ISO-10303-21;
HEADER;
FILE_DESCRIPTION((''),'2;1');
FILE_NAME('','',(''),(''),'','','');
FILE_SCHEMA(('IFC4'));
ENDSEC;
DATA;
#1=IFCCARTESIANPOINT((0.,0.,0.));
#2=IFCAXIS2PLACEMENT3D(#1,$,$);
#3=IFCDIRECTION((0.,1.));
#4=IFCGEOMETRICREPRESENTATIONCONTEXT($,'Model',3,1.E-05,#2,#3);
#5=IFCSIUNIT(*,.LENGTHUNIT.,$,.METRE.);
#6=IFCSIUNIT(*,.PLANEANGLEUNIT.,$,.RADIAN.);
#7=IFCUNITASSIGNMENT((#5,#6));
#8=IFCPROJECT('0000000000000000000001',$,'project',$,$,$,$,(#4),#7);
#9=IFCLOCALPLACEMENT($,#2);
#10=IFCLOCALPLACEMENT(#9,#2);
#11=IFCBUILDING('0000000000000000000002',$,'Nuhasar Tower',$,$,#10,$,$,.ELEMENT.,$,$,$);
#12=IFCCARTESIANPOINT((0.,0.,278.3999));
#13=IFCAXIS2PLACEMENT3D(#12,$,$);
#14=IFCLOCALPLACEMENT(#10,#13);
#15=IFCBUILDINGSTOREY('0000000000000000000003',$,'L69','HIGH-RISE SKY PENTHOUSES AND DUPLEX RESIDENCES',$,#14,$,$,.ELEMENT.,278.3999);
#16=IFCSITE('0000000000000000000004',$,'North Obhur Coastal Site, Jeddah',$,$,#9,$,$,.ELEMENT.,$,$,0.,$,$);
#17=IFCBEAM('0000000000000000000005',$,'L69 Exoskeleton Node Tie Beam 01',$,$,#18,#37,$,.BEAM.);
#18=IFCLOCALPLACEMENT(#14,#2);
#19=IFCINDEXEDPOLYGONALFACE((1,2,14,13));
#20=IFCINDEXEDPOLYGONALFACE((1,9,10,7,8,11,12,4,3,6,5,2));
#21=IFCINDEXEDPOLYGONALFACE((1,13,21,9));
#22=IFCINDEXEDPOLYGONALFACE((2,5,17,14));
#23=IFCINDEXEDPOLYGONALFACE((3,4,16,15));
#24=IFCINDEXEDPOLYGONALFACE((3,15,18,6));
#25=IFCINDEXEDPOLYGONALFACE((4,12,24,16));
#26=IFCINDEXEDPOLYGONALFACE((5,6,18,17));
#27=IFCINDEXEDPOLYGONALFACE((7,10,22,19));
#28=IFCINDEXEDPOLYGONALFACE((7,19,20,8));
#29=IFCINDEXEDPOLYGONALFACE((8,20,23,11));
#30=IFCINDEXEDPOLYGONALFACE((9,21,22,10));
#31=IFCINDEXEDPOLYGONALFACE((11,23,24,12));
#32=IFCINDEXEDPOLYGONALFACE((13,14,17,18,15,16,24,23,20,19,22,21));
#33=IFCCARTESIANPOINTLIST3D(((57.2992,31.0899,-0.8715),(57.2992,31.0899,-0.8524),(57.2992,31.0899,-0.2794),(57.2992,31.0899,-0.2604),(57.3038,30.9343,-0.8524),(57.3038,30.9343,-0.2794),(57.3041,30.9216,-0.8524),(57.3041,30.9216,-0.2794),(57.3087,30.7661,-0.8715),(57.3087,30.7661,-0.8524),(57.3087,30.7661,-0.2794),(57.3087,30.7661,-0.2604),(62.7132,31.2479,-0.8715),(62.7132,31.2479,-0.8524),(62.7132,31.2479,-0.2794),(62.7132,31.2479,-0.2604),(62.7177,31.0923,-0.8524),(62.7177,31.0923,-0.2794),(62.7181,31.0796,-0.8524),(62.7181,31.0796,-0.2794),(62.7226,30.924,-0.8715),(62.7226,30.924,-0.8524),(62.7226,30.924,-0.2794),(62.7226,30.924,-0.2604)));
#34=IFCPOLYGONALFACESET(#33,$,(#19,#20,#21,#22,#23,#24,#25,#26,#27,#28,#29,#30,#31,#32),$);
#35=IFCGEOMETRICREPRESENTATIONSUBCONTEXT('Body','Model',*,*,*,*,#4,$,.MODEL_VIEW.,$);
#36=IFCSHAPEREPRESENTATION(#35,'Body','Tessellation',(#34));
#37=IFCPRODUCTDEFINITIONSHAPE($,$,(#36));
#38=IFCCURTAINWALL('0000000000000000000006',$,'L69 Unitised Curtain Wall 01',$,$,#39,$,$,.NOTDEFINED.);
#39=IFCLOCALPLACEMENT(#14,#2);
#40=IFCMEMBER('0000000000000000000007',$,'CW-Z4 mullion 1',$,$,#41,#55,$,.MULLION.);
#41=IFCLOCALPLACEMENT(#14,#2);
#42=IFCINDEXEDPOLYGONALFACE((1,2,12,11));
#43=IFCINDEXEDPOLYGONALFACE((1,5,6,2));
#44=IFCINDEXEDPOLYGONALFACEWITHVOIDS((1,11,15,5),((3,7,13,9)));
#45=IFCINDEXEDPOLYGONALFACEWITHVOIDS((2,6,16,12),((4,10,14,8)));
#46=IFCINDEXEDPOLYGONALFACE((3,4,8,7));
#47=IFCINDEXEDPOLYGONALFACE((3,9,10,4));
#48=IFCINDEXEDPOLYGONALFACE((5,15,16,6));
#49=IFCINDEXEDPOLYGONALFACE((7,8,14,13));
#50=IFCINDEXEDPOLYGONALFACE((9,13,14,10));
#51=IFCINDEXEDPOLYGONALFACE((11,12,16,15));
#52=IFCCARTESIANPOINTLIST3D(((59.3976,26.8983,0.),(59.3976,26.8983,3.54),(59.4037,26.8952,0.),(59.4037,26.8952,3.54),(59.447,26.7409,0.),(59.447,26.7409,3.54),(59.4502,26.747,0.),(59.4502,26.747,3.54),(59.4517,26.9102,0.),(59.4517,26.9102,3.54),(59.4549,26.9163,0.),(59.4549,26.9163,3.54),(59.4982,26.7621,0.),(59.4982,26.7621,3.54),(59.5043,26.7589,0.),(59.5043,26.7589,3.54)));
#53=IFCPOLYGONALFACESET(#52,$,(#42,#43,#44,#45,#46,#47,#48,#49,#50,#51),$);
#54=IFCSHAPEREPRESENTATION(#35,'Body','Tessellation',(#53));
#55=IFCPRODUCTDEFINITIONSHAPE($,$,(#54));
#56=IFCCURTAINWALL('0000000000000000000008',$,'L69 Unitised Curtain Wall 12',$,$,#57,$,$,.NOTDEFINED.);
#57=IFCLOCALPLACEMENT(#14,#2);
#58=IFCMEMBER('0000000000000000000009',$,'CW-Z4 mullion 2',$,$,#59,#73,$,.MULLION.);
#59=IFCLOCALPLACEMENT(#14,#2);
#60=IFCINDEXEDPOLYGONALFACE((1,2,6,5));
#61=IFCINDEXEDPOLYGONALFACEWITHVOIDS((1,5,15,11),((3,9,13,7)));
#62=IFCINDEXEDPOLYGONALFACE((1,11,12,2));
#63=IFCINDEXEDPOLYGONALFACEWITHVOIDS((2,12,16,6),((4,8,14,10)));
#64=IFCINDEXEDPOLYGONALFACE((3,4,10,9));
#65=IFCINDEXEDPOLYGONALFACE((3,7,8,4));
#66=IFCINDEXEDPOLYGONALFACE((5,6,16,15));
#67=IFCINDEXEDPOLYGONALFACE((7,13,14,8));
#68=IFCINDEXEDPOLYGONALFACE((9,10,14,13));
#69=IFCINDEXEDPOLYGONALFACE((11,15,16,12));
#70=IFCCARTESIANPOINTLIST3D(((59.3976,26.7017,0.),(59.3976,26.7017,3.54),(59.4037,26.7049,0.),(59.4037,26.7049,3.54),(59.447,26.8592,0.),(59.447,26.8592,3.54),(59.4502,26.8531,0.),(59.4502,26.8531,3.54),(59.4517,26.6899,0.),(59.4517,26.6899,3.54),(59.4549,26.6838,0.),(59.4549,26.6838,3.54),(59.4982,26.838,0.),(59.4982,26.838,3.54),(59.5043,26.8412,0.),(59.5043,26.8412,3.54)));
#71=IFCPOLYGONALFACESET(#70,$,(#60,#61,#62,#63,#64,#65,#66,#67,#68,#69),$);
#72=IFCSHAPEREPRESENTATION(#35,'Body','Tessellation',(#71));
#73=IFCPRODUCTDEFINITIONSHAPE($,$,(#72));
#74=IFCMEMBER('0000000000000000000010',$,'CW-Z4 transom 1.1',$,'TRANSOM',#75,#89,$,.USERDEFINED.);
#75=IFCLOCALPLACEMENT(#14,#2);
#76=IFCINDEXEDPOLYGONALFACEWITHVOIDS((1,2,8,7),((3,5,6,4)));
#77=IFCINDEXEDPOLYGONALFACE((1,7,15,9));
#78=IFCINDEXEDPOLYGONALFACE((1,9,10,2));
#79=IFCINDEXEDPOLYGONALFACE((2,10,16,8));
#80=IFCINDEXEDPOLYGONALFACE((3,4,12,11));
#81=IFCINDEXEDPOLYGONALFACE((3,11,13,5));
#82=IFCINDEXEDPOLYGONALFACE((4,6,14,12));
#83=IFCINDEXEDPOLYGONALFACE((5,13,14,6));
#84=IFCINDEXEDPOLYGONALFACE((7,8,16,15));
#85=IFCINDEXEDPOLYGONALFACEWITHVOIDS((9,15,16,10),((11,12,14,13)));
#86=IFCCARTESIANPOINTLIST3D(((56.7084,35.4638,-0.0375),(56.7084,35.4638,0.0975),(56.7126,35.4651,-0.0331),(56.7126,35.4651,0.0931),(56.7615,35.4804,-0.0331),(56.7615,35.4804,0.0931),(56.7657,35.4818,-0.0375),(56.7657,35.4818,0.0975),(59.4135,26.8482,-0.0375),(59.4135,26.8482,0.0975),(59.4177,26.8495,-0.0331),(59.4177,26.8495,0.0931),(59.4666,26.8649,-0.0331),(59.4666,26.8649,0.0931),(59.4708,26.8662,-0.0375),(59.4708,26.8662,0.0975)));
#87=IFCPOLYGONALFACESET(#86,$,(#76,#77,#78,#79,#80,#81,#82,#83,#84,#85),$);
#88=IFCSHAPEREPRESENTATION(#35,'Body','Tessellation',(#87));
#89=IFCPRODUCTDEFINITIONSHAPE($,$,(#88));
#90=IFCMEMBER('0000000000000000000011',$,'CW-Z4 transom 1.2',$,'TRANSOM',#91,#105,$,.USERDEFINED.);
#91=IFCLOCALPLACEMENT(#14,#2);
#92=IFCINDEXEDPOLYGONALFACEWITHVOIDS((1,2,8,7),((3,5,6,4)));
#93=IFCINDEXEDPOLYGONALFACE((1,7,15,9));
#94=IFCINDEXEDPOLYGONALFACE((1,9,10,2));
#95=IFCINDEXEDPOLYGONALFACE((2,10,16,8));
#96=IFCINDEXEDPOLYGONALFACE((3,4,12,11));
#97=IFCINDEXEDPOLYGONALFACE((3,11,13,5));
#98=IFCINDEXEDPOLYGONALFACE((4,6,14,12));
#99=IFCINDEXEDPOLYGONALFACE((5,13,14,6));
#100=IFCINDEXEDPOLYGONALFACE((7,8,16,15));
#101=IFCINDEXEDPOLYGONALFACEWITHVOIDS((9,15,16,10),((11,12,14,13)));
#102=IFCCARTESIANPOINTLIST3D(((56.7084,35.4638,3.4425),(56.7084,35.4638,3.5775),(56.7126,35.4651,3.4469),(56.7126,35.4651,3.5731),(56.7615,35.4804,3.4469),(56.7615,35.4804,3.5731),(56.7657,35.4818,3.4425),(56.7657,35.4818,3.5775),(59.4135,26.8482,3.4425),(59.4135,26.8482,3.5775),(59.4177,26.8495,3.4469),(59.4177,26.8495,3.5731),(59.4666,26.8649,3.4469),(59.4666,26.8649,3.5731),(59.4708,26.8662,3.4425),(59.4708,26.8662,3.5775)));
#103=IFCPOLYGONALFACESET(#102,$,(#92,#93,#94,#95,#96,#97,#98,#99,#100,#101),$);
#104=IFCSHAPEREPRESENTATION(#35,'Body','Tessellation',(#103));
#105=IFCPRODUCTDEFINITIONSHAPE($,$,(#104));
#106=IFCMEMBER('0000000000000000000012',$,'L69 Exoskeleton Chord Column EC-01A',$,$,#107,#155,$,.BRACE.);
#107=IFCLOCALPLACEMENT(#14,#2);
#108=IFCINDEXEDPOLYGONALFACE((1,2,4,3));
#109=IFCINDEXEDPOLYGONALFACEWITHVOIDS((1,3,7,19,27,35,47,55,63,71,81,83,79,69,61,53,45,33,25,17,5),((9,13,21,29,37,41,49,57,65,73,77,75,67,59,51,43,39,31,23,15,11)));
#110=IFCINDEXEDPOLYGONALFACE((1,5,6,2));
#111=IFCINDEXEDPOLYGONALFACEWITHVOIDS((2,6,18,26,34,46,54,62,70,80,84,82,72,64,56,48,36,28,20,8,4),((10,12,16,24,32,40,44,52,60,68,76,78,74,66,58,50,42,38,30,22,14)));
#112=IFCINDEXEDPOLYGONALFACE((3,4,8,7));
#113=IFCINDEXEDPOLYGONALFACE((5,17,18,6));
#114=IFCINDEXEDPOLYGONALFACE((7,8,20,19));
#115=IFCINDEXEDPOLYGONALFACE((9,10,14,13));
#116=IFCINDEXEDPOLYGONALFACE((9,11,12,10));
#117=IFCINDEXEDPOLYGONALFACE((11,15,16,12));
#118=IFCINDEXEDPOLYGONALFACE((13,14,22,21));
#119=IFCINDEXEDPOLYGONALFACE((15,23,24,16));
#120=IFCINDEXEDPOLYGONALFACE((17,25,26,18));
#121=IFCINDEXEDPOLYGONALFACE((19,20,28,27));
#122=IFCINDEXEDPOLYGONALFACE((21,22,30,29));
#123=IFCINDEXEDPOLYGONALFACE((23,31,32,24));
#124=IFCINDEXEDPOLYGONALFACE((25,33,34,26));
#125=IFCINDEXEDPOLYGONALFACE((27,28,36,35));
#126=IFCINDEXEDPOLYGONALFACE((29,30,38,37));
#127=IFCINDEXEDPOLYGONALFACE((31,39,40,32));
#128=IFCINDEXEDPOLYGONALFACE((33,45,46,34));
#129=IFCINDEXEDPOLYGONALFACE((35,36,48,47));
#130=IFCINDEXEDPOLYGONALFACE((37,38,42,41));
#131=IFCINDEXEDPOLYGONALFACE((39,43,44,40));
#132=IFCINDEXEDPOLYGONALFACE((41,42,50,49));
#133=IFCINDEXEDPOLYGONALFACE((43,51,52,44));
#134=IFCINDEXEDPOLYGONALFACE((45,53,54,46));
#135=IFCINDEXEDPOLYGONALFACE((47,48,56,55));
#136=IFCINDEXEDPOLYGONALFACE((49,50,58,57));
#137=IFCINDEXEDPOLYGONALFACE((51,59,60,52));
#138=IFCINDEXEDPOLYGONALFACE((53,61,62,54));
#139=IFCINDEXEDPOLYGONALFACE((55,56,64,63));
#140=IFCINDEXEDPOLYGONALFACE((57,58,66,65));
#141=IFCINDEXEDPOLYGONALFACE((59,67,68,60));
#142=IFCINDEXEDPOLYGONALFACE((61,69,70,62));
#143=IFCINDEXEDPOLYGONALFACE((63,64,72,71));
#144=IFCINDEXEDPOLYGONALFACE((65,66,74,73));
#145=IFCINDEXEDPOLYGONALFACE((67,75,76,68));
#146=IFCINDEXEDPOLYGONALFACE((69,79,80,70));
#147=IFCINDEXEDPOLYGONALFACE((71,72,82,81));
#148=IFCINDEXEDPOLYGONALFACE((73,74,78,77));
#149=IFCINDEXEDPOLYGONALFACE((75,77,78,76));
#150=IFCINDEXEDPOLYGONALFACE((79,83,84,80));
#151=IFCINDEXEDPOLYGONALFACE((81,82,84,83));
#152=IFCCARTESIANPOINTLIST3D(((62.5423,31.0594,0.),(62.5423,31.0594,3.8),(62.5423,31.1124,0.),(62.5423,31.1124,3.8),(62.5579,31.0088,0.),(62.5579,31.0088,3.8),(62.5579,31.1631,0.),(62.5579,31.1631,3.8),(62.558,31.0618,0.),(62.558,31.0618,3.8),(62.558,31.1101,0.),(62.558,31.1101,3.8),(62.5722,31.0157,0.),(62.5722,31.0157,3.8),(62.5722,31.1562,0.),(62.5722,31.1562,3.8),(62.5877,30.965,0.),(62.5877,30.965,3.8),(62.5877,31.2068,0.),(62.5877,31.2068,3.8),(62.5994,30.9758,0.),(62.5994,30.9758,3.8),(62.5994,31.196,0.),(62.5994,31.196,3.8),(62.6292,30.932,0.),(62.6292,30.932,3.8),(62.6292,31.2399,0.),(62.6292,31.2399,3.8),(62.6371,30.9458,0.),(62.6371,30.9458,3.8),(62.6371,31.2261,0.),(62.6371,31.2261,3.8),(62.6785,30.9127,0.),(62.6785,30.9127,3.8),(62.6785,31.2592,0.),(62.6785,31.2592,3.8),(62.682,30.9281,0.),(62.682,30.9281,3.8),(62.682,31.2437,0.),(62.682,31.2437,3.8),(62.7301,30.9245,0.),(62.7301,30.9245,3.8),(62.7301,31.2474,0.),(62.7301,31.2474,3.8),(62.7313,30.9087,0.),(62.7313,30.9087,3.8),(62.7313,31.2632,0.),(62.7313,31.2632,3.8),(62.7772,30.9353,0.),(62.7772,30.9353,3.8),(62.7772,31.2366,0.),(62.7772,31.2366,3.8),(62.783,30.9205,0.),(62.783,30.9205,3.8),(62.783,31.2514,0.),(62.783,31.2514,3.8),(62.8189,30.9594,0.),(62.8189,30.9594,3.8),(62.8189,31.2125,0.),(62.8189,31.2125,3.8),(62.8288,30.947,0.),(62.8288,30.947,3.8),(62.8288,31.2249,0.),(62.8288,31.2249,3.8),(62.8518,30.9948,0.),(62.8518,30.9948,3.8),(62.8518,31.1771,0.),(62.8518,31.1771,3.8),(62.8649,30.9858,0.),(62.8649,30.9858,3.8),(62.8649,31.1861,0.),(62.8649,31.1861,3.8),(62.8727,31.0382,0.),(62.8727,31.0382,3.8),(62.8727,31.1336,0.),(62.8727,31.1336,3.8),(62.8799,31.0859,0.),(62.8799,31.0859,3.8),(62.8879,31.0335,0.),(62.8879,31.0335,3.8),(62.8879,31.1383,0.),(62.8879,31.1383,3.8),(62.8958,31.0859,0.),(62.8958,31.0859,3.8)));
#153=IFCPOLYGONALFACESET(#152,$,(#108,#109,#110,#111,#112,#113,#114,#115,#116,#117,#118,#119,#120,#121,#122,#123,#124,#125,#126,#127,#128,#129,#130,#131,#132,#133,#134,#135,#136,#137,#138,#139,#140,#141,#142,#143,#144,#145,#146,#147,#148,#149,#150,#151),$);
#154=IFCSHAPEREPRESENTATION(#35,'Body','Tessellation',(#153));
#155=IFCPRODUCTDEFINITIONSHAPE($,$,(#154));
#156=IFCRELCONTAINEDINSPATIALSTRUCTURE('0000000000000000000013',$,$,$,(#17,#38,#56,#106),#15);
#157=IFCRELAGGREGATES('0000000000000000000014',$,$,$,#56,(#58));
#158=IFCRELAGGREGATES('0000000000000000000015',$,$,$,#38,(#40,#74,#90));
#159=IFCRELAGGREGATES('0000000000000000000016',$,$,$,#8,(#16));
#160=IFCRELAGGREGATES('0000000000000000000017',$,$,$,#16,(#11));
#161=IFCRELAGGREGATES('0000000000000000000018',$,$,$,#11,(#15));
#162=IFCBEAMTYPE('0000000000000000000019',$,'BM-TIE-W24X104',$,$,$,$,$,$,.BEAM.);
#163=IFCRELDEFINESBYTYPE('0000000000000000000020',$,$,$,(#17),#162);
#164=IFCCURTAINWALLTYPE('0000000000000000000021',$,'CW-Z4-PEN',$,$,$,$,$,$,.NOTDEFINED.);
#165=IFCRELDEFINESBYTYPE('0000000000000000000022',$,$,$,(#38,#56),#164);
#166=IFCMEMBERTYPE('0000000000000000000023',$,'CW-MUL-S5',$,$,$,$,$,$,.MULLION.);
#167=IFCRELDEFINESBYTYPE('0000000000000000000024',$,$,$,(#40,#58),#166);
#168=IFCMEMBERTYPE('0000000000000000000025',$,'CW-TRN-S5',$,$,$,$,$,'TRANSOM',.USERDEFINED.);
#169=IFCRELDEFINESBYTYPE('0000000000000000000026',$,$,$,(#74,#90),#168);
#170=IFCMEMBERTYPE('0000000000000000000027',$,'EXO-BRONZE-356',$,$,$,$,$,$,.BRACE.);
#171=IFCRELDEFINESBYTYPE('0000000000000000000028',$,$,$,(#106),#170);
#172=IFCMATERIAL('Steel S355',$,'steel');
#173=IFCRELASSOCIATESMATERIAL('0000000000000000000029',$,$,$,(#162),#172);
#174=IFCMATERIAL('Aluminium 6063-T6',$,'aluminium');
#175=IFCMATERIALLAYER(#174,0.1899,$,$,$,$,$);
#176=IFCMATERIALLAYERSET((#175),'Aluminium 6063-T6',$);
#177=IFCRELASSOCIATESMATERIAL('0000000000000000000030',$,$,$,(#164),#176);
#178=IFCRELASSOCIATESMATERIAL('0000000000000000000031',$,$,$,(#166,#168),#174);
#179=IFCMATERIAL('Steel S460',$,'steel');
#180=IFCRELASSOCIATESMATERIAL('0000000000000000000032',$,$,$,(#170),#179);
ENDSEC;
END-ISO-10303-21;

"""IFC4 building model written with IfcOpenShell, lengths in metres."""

from ifc_helpers import new_model, si_unit, direction, frame, origin, origin_2d, place, context, subcontext, project, spatial, hollow_rectangle, hollow_circle, i_section, extrude, material, layer, layer_set, material_profile, profile_set, type_object, element, aggregate, save


model = new_model("IFC4")

# Units and contexts
model_context = context("Model", 3, precision=1e-05, world=origin(), true_north=direction((0.0, 1.0)))
body_context = subcontext(model_context, "Body", "Model", "MODEL_VIEW")
ifc_project = project(units=[si_unit("LENGTHUNIT", "METRE"), si_unit("PLANEANGLEUNIT", "RADIAN")], contexts=[model_context])

# Site, building, storey
site_placement = place(None, origin())
site = spatial("IfcSite", under=ifc_project, at=site_placement, Name="North Obhur Coastal Site, Jeddah", CompositionType="ELEMENT", RefElevation=0.0)
building_placement = place(site_placement, origin())
building = spatial("IfcBuilding", under=site, at=building_placement, Name="Nuhasar Tower", CompositionType="ELEMENT")
storey_placement = place(building_placement, frame((0.0, 0.0, 278.3999)))
storey = spatial("IfcBuildingStorey", under=building, at=storey_placement, Name="L69", Description="HIGH-RISE SKY PENTHOUSES AND DUPLEX RESIDENCES", CompositionType="ELEMENT", Elevation=278.3999)

# Beam
ifc_material_1 = material(Name="Steel S355", Category="steel")
ifc_material_profile_1 = material_profile(ifc_material_1, i_section(OverallWidth=0.324, OverallDepth=0.6111, WebThickness=0.0127, FlangeThickness=0.019, at=origin_2d()), Name="W24X104")
ifc_profile_set_1 = profile_set([ifc_material_profile_1], Name="Steel S355")
beam_type_1 = type_object("IfcBeamType", Name="BM-TIE-W24X104", PredefinedType="BEAM", material=ifc_profile_set_1)
beam_1_placement = place(storey_placement, frame((57.304, 30.928, -0.5659), z_axis=(0.999575, 0.029163, 0.0), x_axis=(-0.029163, 0.999575, 0.0)))
element("IfcBeam", 1, at=beam_1_placement, inside=storey, type_object=beam_type_1, Name="L69 Exoskeleton Node Tie Beam 01", PredefinedType="BEAM", context=body_context, shape_type="SweptSolid", body=[
    extrude(i_section(OverallWidth=0.324, OverallDepth=0.6111, WebThickness=0.0127, FlangeThickness=0.019, at=origin_2d()), origin(), (0.0, 0.0, 1.0), 5.4163),
])

# Curtain walls, members
ifc_material_2 = material(Name="Aluminium 6063-T6", Category="aluminium")
ifc_layer_1 = layer(ifc_material_2, 0.1899)
ifc_layer_set_1 = layer_set([ifc_layer_1], Name="Aluminium 6063-T6")
curtain_wall_type = type_object("IfcCurtainWallType", Name="CW-Z4-PEN", PredefinedType="NOTDEFINED", material=ifc_layer_set_1)
curtain_wall_1_placement = place(storey_placement, origin())
curtain_wall_1 = element("IfcCurtainWall", 2, at=curtain_wall_1_placement, inside=storey, type_object=curtain_wall_type, Name="L69 Unitised Curtain Wall 01", PredefinedType="NOTDEFINED")
ifc_material_profile_2 = material_profile(ifc_material_2, hollow_rectangle(XDim=0.0601, YDim=0.165, WallThickness=0.0049, at=origin_2d()), Name="CWM-5")
ifc_profile_set_2 = profile_set([ifc_material_profile_2], Name="Aluminium 6063-T6")
member_type_1 = type_object("IfcMemberType", Name="CW-MUL-S5", PredefinedType="MULLION", material=ifc_profile_set_2)
member_1_placement = place(storey_placement, frame((59.4509, 26.8286, 0.0), z_axis=(0.0, 0.0, 1.0), x_axis=(-0.954079, -0.299557, 0.0)))
member_1 = element("IfcMember", 3, at=member_1_placement, type_object=member_type_1, Name="CW-Z4 mullion 1", PredefinedType="MULLION", context=body_context, shape_type="SweptSolid", body=[
    extrude(hollow_rectangle(XDim=0.0601, YDim=0.165, WallThickness=0.0049, at=origin_2d()), origin(), (0.0, 0.0, 1.0), 3.54),
])
curtain_wall_2_placement = place(storey_placement, origin())
curtain_wall_2 = element("IfcCurtainWall", 4, at=curtain_wall_2_placement, inside=storey, type_object=curtain_wall_type, Name="L69 Unitised Curtain Wall 12", PredefinedType="NOTDEFINED")
member_2_placement = place(storey_placement, frame((59.4509, 26.7715, 0.0), z_axis=(0.0, 0.0, 1.0), x_axis=(-0.954079, 0.299557, 0.0)))
member_2 = element("IfcMember", 5, at=member_2_placement, type_object=member_type_1, Name="CW-Z4 mullion 2", PredefinedType="MULLION", context=body_context, shape_type="SweptSolid", body=[
    extrude(hollow_rectangle(XDim=0.0601, YDim=0.165, WallThickness=0.0049, at=origin_2d()), origin(), (0.0, 0.0, 1.0), 3.54),
])
aggregate(curtain_wall_2, [member_2])

# Members
ifc_material_profile_3 = material_profile(ifc_material_2, hollow_rectangle(XDim=0.0601, YDim=0.135, WallThickness=0.0044, at=origin_2d()), Name="CWT-5")
ifc_profile_set_3 = profile_set([ifc_material_profile_3], Name="Aluminium 6063-T6")
member_type_2 = type_object("IfcMemberType", Name="CW-TRN-S5", ElementType="TRANSOM", PredefinedType="USERDEFINED", material=ifc_profile_set_3)
member_3_placement = place(storey_placement, frame((59.4421, 26.8572, 0.03), z_axis=(-0.29956, 0.954077, 0.0), x_axis=(-0.954077, -0.29956, 0.0)))
member_3 = element("IfcMember", 6, at=member_3_placement, type_object=member_type_2, Name="CW-Z4 transom 1.1", ObjectType="TRANSOM", PredefinedType="USERDEFINED", context=body_context, shape_type="SweptSolid", body=[
    extrude(hollow_rectangle(XDim=0.0601, YDim=0.135, WallThickness=0.0044, at=origin_2d()), origin(), (0.0, 0.0, 1.0), 9.0303),
])
member_4_placement = place(storey_placement, frame((59.4421, 26.8572, 3.51), z_axis=(-0.29956, 0.954077, 0.0), x_axis=(-0.954077, -0.29956, 0.0)))
member_4 = element("IfcMember", 7, at=member_4_placement, type_object=member_type_2, Name="CW-Z4 transom 1.2", ObjectType="TRANSOM", PredefinedType="USERDEFINED", context=body_context, shape_type="SweptSolid", body=[
    extrude(hollow_rectangle(XDim=0.0601, YDim=0.135, WallThickness=0.0044, at=origin_2d()), origin(), (0.0, 0.0, 1.0), 9.0303),
])

# Member
ifc_material_3 = material(Name="Steel S460", Category="steel")
ifc_material_profile_4 = material_profile(ifc_material_3, hollow_circle(Radius=0.1777, WallThickness=0.0159, at=origin_2d()), Name="HSS355.6X15.9")
ifc_profile_set_4 = profile_set([ifc_material_profile_4], Name="Steel S460")
member_type_3 = type_object("IfcMemberType", Name="EXO-BRONZE-356", PredefinedType="BRACE", material=ifc_profile_set_4)
for number, where, z_axis, x_axis, name in (
    (8, (62.718, 31.0859, 0.0), (0.0, 0.0, 1.0), (1.0, 0.0, 0.0), "L69 Exoskeleton Chord Column EC-01A"),
):
    element("IfcMember", number, at=place(storey_placement, frame(where, z_axis=z_axis, x_axis=x_axis)), inside=storey, type_object=member_type_3, Name=name, PredefinedType="BRACE", context=body_context, shape_type="SweptSolid", body=[
        extrude(hollow_circle(Radius=0.1777, WallThickness=0.0159, at=origin_2d()), origin(), (0.0, 0.0, 1.0), 3.8),
    ])

aggregate(curtain_wall_1, [member_1, member_3, member_4])

save(model, "model.ifc")
